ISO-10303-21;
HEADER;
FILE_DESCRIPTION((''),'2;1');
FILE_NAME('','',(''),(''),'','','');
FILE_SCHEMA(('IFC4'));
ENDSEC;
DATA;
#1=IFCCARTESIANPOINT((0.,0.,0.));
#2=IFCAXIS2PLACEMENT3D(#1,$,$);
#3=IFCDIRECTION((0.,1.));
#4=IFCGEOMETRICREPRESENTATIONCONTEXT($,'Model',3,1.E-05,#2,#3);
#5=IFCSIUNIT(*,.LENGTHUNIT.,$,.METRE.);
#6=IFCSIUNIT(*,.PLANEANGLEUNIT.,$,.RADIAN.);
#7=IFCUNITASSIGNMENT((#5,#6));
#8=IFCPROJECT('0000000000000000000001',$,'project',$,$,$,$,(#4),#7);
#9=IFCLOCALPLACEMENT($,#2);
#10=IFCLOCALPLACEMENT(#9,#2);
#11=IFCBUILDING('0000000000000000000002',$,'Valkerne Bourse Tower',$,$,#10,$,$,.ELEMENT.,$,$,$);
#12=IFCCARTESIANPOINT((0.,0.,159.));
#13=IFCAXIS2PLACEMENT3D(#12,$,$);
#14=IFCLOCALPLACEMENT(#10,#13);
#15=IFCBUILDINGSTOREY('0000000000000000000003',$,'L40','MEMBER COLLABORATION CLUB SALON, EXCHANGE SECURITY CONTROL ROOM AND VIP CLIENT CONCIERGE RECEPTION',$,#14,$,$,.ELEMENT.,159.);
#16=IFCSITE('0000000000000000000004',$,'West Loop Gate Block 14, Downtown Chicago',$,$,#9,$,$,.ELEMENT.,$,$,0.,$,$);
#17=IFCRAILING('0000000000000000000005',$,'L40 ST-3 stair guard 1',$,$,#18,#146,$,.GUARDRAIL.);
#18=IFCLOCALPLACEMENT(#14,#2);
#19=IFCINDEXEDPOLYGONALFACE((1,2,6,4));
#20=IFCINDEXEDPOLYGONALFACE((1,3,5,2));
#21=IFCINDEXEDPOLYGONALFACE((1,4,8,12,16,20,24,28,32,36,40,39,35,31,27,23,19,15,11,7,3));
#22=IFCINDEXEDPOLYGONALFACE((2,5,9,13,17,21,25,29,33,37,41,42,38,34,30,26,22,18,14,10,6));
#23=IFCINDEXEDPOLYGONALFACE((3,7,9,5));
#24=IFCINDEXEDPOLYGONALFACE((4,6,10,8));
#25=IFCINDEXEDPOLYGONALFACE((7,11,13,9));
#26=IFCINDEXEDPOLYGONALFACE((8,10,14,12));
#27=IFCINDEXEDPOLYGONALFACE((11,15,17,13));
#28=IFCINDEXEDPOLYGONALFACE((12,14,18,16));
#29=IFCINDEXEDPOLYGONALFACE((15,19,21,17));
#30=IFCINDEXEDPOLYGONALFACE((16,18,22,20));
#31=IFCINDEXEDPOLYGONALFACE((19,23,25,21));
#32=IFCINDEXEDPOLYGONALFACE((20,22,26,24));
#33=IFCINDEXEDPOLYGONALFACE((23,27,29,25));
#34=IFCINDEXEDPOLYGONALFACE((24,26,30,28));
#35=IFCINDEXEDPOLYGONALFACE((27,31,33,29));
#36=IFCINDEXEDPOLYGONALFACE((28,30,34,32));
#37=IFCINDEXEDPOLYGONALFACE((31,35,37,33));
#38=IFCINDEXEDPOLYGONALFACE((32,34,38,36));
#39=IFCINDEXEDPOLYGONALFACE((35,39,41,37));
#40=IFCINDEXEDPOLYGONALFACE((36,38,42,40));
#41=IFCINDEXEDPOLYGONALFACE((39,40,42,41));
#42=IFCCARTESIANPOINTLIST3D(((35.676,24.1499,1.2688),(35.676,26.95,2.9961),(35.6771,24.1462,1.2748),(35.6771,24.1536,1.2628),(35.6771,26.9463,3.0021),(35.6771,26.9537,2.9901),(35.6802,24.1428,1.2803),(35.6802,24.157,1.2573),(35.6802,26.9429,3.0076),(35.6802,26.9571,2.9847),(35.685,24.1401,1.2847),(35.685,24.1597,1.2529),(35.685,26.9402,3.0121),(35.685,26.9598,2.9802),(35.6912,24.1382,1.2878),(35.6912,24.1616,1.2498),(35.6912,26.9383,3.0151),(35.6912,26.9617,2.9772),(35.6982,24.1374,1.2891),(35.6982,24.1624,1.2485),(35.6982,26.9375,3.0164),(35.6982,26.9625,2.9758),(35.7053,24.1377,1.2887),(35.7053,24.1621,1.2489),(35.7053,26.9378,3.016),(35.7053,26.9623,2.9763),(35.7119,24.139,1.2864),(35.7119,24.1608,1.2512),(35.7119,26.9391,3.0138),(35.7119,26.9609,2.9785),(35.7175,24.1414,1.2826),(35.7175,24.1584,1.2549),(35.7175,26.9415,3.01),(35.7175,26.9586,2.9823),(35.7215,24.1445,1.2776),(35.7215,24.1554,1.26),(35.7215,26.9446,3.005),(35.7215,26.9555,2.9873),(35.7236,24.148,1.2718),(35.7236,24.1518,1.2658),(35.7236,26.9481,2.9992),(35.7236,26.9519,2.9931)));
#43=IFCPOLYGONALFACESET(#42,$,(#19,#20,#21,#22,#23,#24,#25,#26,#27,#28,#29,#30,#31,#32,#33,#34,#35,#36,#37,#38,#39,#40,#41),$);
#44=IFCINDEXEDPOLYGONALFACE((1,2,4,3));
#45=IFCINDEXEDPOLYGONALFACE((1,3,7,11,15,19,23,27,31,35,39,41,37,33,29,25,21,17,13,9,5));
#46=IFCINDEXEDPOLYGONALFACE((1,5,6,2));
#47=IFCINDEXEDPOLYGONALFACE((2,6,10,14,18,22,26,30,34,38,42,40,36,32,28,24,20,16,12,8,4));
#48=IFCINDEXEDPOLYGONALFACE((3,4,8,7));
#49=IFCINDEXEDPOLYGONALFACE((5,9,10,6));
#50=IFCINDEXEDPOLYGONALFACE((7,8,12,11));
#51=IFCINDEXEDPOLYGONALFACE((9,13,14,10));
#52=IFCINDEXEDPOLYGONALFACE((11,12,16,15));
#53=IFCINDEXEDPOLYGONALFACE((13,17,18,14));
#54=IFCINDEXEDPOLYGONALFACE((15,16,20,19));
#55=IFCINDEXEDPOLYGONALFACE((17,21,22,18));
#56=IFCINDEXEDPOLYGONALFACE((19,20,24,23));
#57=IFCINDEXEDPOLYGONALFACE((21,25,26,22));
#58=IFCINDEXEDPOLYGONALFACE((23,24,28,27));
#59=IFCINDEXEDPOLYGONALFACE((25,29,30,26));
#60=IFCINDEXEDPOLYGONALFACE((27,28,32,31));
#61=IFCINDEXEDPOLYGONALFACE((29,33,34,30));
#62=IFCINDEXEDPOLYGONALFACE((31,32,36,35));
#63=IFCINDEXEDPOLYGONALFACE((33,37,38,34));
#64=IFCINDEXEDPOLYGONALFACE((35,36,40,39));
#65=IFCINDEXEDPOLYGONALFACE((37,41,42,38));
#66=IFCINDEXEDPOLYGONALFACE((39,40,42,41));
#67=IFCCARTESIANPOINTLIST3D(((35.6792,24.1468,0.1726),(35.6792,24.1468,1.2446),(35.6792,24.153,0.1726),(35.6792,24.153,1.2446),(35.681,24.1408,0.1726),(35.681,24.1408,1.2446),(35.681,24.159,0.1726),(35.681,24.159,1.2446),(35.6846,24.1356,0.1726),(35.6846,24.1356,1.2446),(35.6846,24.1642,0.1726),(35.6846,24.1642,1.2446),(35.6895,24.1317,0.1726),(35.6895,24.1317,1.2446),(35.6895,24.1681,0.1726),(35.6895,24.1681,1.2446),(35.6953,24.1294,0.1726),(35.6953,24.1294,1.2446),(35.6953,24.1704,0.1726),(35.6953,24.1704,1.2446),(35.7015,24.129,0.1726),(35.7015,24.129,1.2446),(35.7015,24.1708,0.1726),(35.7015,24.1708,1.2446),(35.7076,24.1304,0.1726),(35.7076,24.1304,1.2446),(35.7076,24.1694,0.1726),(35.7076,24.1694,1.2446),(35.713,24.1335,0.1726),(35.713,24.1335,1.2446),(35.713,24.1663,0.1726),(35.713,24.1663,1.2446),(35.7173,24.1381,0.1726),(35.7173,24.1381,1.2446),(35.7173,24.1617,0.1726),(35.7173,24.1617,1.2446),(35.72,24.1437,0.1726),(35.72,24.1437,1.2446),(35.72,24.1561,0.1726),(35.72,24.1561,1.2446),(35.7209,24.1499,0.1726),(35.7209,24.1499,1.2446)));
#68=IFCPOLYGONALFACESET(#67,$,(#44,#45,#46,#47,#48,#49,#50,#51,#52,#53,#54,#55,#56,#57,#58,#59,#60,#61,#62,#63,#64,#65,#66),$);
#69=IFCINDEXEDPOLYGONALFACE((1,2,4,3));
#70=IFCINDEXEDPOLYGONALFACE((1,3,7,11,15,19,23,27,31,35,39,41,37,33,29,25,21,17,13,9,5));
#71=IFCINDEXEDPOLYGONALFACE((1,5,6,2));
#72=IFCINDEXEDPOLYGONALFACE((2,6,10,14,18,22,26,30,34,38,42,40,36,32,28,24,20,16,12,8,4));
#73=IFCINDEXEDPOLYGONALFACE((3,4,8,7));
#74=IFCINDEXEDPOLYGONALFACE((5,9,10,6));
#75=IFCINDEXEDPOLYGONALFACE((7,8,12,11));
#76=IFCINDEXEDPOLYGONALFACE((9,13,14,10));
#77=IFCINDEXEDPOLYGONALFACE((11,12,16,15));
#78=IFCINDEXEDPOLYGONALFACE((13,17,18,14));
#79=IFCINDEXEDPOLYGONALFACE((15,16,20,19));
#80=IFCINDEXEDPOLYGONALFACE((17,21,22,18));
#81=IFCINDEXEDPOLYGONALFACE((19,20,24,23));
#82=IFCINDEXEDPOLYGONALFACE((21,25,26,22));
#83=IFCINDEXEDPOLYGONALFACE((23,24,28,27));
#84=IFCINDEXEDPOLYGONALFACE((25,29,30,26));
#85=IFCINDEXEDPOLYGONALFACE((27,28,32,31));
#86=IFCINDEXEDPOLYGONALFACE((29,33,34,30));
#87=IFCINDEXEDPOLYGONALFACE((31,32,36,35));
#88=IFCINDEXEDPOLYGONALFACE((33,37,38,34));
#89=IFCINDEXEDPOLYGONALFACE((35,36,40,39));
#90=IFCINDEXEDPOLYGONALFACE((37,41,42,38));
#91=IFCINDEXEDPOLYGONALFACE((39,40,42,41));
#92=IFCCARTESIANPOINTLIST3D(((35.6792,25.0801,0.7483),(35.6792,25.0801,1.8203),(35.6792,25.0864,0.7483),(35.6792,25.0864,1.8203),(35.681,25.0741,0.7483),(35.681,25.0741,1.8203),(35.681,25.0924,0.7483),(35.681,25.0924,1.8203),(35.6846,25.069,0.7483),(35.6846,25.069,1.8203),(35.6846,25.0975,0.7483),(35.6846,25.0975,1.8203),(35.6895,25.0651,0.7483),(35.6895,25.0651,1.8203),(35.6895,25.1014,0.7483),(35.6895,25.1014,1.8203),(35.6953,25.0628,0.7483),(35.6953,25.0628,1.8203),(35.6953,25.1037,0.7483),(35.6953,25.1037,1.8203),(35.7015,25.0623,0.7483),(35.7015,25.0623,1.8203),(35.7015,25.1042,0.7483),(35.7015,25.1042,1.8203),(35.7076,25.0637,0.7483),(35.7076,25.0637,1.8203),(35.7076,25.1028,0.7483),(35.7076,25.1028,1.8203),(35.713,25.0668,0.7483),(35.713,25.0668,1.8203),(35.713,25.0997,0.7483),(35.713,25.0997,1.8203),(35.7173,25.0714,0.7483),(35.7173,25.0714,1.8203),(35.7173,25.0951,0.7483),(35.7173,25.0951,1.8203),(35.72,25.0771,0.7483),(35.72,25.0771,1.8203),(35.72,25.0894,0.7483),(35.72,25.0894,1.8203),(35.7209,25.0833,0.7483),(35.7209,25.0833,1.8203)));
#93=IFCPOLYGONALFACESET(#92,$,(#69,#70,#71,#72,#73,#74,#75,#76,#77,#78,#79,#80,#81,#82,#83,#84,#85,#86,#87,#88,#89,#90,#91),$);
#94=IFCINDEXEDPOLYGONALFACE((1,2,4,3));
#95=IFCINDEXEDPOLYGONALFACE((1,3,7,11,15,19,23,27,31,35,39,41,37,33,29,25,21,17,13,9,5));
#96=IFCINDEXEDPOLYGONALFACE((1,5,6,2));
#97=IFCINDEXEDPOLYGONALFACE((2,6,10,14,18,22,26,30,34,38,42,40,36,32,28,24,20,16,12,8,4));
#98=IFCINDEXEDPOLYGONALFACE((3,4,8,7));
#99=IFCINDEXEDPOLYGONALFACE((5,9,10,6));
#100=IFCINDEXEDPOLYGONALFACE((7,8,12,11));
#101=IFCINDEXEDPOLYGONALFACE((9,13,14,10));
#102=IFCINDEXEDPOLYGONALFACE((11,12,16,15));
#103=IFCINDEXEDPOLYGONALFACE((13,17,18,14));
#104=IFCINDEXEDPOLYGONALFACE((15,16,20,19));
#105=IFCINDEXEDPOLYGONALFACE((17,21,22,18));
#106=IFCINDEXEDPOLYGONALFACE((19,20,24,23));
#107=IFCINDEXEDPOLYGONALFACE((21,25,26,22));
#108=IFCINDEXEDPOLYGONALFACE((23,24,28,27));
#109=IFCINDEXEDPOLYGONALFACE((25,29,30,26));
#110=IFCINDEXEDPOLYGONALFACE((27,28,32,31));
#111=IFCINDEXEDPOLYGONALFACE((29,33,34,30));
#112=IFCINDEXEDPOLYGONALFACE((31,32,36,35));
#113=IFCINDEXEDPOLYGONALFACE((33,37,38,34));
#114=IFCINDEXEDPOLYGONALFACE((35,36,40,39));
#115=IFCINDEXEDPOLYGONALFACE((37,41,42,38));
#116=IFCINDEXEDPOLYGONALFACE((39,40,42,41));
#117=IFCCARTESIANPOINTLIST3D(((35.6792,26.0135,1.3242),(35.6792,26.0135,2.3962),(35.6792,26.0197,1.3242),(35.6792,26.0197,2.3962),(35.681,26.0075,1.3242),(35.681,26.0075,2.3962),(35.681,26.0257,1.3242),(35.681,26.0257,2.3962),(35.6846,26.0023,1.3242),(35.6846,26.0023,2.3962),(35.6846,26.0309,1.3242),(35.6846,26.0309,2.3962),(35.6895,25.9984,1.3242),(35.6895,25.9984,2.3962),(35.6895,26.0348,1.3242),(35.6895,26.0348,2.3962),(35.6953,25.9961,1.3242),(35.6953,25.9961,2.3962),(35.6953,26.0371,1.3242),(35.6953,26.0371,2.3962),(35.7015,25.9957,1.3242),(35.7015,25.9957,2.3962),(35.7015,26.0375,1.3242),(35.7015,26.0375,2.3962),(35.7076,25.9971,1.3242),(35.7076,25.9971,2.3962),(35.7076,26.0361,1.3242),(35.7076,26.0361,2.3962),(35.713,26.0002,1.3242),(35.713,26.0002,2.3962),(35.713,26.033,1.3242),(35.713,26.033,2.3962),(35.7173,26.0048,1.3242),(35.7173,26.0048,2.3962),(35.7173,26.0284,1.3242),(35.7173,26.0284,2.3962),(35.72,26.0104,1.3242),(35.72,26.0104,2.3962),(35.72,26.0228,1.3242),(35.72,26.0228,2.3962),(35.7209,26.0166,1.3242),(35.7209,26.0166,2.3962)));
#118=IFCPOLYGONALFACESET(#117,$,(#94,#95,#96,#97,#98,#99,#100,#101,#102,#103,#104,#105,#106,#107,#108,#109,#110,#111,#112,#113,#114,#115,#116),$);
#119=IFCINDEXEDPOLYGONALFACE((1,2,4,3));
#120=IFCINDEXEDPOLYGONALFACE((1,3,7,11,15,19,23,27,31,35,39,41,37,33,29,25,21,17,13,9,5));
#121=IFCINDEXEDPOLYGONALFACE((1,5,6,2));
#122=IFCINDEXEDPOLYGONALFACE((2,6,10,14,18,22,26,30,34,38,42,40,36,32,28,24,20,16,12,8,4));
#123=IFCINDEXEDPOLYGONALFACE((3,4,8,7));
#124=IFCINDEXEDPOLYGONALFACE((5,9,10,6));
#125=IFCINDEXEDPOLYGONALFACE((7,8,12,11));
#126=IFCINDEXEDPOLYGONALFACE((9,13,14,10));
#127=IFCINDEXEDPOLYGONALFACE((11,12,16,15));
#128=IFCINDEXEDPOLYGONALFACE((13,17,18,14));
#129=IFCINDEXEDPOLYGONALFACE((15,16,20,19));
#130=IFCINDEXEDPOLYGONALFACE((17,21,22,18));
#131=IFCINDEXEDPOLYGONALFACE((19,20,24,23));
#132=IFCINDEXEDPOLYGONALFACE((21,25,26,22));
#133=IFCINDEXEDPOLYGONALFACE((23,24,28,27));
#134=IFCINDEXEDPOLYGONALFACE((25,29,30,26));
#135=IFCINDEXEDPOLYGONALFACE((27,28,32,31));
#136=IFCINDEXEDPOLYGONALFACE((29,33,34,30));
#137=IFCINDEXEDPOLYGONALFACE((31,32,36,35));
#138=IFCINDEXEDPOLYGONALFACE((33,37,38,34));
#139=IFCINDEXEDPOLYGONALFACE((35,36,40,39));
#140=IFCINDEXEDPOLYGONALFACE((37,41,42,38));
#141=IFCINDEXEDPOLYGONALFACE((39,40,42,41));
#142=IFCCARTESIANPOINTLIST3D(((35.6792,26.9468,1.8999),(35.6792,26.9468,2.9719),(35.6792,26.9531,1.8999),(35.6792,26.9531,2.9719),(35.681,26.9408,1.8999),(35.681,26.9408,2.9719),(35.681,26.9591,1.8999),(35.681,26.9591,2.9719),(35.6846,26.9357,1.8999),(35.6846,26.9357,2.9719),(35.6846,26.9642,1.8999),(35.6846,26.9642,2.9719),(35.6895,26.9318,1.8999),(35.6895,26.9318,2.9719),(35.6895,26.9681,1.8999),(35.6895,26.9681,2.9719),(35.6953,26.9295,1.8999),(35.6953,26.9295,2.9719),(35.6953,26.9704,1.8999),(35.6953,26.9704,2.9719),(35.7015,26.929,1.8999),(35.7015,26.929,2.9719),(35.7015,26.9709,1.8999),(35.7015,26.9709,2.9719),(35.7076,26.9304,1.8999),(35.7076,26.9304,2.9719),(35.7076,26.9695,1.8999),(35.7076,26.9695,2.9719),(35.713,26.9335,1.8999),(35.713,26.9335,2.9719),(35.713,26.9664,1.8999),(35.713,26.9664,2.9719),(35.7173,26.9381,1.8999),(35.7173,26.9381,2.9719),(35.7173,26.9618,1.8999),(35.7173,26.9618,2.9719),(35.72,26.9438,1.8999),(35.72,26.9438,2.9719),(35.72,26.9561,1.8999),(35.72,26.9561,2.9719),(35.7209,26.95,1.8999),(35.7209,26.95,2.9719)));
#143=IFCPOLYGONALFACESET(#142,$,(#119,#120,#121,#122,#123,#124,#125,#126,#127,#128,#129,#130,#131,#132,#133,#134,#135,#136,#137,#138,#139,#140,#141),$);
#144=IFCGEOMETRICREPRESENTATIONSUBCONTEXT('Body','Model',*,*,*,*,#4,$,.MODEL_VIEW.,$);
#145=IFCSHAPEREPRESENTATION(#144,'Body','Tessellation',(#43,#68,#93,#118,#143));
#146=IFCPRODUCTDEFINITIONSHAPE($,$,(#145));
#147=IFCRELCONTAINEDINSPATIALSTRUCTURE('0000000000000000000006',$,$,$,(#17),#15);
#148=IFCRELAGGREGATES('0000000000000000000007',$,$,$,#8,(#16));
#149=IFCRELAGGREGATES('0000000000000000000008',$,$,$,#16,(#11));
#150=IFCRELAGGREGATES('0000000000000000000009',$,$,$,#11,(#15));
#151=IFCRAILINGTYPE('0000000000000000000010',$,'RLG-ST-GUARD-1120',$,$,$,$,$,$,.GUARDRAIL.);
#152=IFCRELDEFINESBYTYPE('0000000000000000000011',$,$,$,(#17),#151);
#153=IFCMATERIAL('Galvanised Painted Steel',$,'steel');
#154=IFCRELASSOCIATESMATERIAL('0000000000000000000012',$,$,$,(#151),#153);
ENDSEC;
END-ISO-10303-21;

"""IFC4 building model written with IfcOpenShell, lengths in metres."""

from ifc_helpers import new_model, si_unit, direction, frame, origin, origin_2d, place, context, subcontext, project, spatial, circle, extrude, material, type_object, element, save


model = new_model("IFC4")

# Units and contexts
model_context = context("Model", 3, precision=1e-05, world=origin(), true_north=direction((0.0, 1.0)))
body_context = subcontext(model_context, "Body", "Model", "MODEL_VIEW")
ifc_project = project(units=[si_unit("LENGTHUNIT", "METRE"), si_unit("PLANEANGLEUNIT", "RADIAN")], contexts=[model_context])

# Site, building, storey
site_placement = place(None, origin())
site = spatial("IfcSite", under=ifc_project, at=site_placement, Name="West Loop Gate Block 14, Downtown Chicago", CompositionType="ELEMENT", RefElevation=0.0)
building_placement = place(site_placement, origin())
building = spatial("IfcBuilding", under=site, at=building_placement, Name="Valkerne Bourse Tower", CompositionType="ELEMENT")
storey_placement = place(building_placement, frame((0.0, 0.0, 159.0)))
storey = spatial("IfcBuildingStorey", under=building, at=storey_placement, Name="L40", Description="MEMBER COLLABORATION CLUB SALON, EXCHANGE SECURITY CONTROL ROOM AND VIP CLIENT CONCIERGE RECEPTION", CompositionType="ELEMENT", Elevation=159.0)

# Railing
ifc_material_1 = material(Name="Galvanised Painted Steel", Category="steel")
railing_type_1 = type_object("IfcRailingType", Name="RLG-ST-GUARD-1120", PredefinedType="GUARDRAIL", material=ifc_material_1)
railing_1_placement = place(storey_placement, frame((35.7, 24.1499, 0.1726)))
element("IfcRailing", 1, at=railing_1_placement, inside=storey, type_object=railing_type_1, Name="L40 ST-3 stair guard 1", PredefinedType="GUARDRAIL", context=body_context, shape_type="SweptSolid", body=[
    extrude(circle(Radius=0.0239, at=origin_2d()), frame((0.0, 0.0, 1.0962), z_axis=(0.0, 0.85109, 0.52502), x_axis=(-1.0, 0.0, 0.0)), (0.0, 0.0, 1.0), 3.29),
    extrude(circle(Radius=0.021, at=origin_2d()), origin(), (0.0, 0.0, 1.0), 1.072),
    extrude(circle(Radius=0.021, at=origin_2d()), frame((0.0, 0.9333, 0.5757)), (0.0, 0.0, 1.0), 1.072),
    extrude(circle(Radius=0.021, at=origin_2d()), frame((0.0, 1.8667, 1.1516)), (0.0, 0.0, 1.0), 1.072),
    extrude(circle(Radius=0.021, at=origin_2d()), frame((0.0, 2.8, 1.7273)), (0.0, 0.0, 1.0), 1.072),
])

save(model, "model.ifc")
